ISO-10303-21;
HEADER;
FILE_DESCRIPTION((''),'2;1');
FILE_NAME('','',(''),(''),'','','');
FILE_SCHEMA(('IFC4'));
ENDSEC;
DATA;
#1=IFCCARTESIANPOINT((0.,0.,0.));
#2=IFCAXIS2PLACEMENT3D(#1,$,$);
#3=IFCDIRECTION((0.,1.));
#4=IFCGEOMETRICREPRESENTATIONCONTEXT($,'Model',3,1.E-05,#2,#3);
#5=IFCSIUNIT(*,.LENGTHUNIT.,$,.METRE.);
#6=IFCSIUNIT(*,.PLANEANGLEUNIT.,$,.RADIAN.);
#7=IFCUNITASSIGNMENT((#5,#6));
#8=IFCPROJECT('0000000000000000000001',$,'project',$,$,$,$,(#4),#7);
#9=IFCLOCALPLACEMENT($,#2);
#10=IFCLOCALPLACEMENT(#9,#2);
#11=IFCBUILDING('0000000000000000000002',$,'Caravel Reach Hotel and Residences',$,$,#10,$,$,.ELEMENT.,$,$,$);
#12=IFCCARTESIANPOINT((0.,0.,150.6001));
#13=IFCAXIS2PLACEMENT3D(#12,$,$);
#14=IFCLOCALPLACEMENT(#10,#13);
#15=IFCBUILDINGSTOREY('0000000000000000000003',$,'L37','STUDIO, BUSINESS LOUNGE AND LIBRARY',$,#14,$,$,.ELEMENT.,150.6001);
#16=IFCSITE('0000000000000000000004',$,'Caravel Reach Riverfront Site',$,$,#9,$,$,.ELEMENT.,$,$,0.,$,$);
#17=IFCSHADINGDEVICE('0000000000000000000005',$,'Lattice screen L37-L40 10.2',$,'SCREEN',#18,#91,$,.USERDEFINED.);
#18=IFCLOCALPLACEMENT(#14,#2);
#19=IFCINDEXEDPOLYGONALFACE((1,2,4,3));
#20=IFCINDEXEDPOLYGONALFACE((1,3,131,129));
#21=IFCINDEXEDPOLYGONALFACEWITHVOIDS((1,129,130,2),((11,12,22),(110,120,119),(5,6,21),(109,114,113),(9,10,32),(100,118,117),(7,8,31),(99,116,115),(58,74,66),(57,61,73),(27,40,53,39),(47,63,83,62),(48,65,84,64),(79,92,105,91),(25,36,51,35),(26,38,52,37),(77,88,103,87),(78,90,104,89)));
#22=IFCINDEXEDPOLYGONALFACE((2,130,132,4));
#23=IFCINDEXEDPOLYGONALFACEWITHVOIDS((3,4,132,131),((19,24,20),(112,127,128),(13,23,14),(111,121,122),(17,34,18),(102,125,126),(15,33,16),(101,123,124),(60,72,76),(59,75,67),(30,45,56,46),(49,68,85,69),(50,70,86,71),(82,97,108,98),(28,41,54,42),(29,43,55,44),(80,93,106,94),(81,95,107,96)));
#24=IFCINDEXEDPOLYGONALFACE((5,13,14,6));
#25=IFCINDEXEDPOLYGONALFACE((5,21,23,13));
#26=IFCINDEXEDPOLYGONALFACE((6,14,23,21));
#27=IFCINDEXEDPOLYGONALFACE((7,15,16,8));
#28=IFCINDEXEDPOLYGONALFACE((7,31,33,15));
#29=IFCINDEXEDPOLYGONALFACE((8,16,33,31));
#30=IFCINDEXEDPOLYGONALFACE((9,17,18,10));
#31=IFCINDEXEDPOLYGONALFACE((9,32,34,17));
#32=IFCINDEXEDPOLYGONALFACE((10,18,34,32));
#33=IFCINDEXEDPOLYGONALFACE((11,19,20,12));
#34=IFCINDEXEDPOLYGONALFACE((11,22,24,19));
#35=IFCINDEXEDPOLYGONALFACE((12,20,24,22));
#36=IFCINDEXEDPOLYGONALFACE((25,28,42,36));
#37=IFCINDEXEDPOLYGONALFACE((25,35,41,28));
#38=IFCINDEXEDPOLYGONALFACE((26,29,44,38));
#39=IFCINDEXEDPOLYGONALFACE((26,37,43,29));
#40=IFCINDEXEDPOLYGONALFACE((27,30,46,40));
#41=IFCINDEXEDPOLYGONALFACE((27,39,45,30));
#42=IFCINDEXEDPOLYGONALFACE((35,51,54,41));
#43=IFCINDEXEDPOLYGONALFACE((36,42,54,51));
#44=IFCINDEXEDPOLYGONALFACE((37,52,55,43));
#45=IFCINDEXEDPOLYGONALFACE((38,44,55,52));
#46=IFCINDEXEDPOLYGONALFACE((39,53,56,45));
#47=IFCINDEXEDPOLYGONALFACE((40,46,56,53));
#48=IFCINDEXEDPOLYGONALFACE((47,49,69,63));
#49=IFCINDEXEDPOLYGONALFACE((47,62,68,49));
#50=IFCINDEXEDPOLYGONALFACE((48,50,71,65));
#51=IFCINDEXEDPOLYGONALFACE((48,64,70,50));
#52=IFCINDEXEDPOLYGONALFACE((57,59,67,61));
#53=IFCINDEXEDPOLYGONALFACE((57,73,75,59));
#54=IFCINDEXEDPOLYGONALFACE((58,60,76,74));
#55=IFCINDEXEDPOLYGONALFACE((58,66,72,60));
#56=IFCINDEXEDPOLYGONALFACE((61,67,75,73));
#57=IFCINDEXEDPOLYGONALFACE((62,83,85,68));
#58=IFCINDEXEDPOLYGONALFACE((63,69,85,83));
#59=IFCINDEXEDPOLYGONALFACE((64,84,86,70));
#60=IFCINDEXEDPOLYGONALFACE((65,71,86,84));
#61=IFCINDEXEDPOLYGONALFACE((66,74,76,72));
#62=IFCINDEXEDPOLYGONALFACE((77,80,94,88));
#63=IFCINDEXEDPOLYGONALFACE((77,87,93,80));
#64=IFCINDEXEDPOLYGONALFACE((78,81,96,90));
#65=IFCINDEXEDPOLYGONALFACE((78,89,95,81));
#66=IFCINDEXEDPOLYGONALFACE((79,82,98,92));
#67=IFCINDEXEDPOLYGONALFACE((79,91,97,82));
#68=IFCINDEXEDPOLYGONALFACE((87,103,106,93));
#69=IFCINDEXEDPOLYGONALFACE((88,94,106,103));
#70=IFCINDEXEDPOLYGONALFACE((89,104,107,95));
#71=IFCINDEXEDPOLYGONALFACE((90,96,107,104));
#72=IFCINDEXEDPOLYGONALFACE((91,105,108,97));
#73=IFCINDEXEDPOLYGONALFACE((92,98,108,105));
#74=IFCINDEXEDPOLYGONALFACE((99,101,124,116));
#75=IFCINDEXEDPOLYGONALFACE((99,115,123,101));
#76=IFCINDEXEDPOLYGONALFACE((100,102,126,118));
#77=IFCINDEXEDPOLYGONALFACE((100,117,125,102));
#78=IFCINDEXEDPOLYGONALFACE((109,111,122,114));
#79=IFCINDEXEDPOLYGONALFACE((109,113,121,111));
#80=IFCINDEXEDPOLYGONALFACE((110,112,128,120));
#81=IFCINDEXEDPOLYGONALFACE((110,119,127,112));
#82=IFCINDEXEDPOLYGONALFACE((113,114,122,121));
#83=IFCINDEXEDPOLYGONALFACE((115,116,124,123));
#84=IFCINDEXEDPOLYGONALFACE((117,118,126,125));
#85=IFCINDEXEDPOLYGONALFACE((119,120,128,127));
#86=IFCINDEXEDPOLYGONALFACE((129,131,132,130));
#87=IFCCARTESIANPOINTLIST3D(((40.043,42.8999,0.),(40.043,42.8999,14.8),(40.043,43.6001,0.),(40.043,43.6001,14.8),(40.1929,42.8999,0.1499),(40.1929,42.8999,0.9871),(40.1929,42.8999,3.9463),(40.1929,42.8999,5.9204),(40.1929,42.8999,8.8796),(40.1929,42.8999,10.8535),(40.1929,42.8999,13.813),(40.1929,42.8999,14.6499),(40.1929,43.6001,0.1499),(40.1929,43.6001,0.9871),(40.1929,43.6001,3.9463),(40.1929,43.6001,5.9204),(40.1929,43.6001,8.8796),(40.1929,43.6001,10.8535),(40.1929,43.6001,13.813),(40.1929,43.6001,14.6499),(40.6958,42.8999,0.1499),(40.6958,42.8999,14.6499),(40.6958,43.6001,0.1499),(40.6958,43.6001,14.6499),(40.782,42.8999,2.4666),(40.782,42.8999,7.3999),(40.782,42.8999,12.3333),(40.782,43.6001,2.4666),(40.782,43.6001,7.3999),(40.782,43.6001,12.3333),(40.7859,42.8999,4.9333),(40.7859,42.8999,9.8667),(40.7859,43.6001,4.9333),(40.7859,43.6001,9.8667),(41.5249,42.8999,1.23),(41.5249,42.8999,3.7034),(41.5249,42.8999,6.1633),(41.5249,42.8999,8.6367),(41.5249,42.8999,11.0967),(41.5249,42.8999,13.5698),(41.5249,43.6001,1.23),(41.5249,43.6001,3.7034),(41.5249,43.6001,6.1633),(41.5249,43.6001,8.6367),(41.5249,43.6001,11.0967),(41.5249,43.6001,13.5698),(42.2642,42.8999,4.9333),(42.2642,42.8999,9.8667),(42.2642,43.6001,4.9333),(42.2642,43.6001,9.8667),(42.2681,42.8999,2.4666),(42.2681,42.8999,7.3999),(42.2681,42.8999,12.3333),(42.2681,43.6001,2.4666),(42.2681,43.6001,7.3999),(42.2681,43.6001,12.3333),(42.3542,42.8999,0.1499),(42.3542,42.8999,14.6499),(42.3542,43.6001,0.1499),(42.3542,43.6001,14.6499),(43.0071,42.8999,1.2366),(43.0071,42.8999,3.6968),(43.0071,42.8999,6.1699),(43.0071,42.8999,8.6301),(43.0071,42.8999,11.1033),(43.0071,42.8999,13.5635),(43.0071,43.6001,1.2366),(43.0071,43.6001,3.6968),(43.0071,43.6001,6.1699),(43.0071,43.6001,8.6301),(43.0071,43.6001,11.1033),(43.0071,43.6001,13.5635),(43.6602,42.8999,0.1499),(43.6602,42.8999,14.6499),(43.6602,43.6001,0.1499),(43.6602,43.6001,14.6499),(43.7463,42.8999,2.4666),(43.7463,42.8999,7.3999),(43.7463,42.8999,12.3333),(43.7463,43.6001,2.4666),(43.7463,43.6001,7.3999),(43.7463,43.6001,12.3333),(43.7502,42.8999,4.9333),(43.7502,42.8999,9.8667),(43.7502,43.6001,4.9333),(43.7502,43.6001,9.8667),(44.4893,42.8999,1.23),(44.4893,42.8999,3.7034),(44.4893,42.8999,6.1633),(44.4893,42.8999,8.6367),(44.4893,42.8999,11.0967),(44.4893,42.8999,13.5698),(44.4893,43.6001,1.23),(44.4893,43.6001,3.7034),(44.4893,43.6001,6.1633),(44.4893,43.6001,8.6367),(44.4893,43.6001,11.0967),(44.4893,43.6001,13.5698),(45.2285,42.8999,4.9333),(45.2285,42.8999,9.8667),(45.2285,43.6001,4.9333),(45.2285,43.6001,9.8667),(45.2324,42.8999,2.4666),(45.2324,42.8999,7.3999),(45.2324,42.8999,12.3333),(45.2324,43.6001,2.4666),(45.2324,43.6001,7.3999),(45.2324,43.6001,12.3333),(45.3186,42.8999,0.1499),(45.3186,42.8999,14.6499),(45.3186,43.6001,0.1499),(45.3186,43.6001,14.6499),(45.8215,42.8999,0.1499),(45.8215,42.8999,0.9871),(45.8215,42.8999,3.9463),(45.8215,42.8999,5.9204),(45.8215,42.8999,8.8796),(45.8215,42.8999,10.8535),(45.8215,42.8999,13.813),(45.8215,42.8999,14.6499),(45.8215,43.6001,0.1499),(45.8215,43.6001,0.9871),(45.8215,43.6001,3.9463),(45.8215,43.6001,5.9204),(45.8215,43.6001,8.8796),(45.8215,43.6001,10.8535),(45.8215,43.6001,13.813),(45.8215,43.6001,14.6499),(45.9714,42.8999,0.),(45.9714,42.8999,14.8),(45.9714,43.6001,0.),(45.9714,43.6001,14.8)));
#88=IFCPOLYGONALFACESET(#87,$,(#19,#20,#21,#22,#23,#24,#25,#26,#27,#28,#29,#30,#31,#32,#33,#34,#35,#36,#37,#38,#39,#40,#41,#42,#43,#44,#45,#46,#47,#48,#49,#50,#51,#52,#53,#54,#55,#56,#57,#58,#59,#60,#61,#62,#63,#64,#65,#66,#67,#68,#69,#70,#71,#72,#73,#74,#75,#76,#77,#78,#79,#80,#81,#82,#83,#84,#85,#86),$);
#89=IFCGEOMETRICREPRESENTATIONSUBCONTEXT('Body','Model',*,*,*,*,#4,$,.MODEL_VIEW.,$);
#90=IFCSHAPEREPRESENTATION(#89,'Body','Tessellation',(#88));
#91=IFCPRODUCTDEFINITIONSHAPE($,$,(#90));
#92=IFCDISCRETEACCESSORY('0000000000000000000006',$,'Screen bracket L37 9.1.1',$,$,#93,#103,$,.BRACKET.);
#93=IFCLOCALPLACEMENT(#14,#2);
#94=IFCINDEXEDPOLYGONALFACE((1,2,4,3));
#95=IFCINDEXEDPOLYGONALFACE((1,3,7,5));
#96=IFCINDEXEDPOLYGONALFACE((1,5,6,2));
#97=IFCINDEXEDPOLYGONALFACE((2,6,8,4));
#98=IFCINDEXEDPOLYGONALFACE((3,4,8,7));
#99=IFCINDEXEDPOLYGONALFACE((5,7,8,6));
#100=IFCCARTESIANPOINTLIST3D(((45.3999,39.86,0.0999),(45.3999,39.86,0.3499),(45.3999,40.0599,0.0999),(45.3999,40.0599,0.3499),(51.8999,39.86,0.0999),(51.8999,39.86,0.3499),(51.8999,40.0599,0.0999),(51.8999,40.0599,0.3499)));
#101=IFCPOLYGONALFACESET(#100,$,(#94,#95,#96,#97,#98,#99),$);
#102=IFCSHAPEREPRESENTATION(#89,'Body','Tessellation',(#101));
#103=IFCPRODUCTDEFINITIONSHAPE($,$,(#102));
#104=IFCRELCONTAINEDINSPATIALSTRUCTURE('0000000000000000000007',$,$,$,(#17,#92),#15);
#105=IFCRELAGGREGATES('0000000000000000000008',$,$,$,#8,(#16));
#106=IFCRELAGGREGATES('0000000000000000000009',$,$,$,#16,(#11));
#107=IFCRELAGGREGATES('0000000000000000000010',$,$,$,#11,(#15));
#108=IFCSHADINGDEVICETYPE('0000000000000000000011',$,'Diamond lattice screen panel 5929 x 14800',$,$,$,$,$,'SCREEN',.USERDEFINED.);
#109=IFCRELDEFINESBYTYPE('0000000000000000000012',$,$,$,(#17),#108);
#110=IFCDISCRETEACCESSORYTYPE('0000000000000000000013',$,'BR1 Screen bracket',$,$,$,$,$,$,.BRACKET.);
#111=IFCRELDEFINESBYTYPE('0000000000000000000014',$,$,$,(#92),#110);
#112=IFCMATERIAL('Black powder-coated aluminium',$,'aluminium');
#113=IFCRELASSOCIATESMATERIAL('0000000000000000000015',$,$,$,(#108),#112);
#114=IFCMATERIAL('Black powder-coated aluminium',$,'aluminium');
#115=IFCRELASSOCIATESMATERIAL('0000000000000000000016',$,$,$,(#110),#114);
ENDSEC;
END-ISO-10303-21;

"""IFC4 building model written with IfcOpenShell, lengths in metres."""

from ifc_helpers import new_model, si_unit, direction, frame, origin, origin_2d, place, context, subcontext, project, spatial, polyline, rectangle, outline, extrude, material, type_object, element, save


model = new_model("IFC4")

# Units and contexts
model_context = context("Model", 3, precision=1e-05, world=origin(), true_north=direction((0.0, 1.0)))
body_context = subcontext(model_context, "Body", "Model", "MODEL_VIEW")
ifc_project = project(units=[si_unit("LENGTHUNIT", "METRE"), si_unit("PLANEANGLEUNIT", "RADIAN")], contexts=[model_context])

# Site, building, storey
site_placement = place(None, origin())
site = spatial("IfcSite", under=ifc_project, at=site_placement, Name="Caravel Reach Riverfront Site", CompositionType="ELEMENT", RefElevation=0.0)
building_placement = place(site_placement, origin())
building = spatial("IfcBuilding", under=site, at=building_placement, Name="Caravel Reach Hotel and Residences", CompositionType="ELEMENT")
storey_placement = place(building_placement, frame((0.0, 0.0, 150.6001)))
storey = spatial("IfcBuildingStorey", under=building, at=storey_placement, Name="L37", Description="STUDIO, BUSINESS LOUNGE AND LIBRARY", CompositionType="ELEMENT", Elevation=150.6001)

# Shading device
ifc_material_1 = material(Name="Black powder-coated aluminium", Category="aluminium")
shading_device_type = type_object("IfcShadingDeviceType", Name="Diamond lattice screen panel 5929 x 14800", ElementType="SCREEN", PredefinedType="USERDEFINED", material=ifc_material_1)
shading_device_placement = place(storey_placement, frame((45.9714, 42.8999, 0.0), z_axis=(0.0, 1.0, 0.0), x_axis=(-1.0, 0.0, 0.0)))
element("IfcShadingDevice", 1, at=shading_device_placement, inside=storey, type_object=shading_device_type, Name="Lattice screen L37-L40 10.2", ObjectType="SCREEN", PredefinedType="USERDEFINED", context=body_context, shape_type="SweptSolid", body=[
    extrude(outline(polyline([(0.0, 0.0), (5.9285, 0.0), (5.9285, 14.8), (0.0, 14.8), (0.0, 0.0)]), holes=[polyline([(0.6528, 0.1499), (0.1499, 0.9871), (0.1499, 0.1499), (0.6528, 0.1499)]), polyline([(0.7429, 4.9333), (0.1499, 5.9204), (0.1499, 3.9463), (0.7429, 4.9333)]), polyline([(0.7429, 9.8667), (0.1499, 10.8535), (0.1499, 8.8796), (0.7429, 9.8667)]), polyline([(0.1499, 13.813), (0.6528, 14.6499), (0.1499, 14.6499), (0.1499, 13.813)]), polyline([(1.4822, 3.7034), (0.739, 2.4666), (1.4822, 1.23), (2.2251, 2.4666), (1.4822, 3.7034)]), polyline([(1.4822, 8.6367), (0.739, 7.3999), (1.4822, 6.1633), (2.2251, 7.3999), (1.4822, 8.6367)]), polyline([(1.4822, 13.5698), (0.739, 12.3333), (1.4822, 11.0967), (2.2251, 12.3333), (1.4822, 13.5698)]), polyline([(2.9644, 1.2366), (2.3113, 0.1499), (3.6172, 0.1499), (2.9644, 1.2366)]), polyline([(2.9644, 6.1699), (2.2212, 4.9333), (2.9644, 3.6968), (3.7073, 4.9333), (2.9644, 6.1699)]), polyline([(2.9644, 11.1033), (2.2212, 9.8667), (2.9644, 8.6301), (3.7073, 9.8667), (2.9644, 11.1033)]), polyline([(2.9644, 13.5635), (3.6172, 14.6499), (2.3113, 14.6499), (2.9644, 13.5635)]), polyline([(4.4465, 3.7034), (3.7034, 2.4666), (4.4465, 1.23), (5.1895, 2.4666), (4.4465, 3.7034)]), polyline([(4.4465, 8.6367), (3.7034, 7.3999), (4.4465, 6.1633), (5.1895, 7.3999), (4.4465, 8.6367)]), polyline([(4.4465, 13.5698), (3.7034, 12.3333), (4.4465, 11.0967), (5.1895, 12.3333), (4.4465, 13.5698)]), polyline([(5.7786, 0.9871), (5.2756, 0.1499), (5.7786, 0.1499), (5.7786, 0.9871)]), polyline([(5.1855, 4.9333), (5.7786, 3.9463), (5.7786, 5.9204), (5.1855, 4.9333)]), polyline([(5.1855, 9.8667), (5.7786, 8.8796), (5.7786, 10.8535), (5.1855, 9.8667)]), polyline([(5.2756, 14.6499), (5.7786, 13.813), (5.7786, 14.6499), (5.2756, 14.6499)])]), origin(), (0.0, 0.0, 1.0), 0.7002),
])

# Discrete accessory
ifc_material_2 = material(Name="Black powder-coated aluminium", Category="aluminium")
discrete_accessory_type = type_object("IfcDiscreteAccessoryType", Name="BR1 Screen bracket", PredefinedType="BRACKET", material=ifc_material_2)
discrete_accessory_placement = place(storey_placement, frame((48.6499, 39.96, 0.0999), z_axis=(0.0, 0.0, 1.0), x_axis=(1.0, 0.0, 0.0)))
element("IfcDiscreteAccessory", 2, at=discrete_accessory_placement, inside=storey, type_object=discrete_accessory_type, Name="Screen bracket L37 9.1.1", PredefinedType="BRACKET", context=body_context, shape_type="SweptSolid", body=[
    extrude(rectangle(XDim=6.5, YDim=0.2, at=origin_2d()), origin(), (0.0, 0.0, 1.0), 0.25),
])

save(model, "model.ifc")
